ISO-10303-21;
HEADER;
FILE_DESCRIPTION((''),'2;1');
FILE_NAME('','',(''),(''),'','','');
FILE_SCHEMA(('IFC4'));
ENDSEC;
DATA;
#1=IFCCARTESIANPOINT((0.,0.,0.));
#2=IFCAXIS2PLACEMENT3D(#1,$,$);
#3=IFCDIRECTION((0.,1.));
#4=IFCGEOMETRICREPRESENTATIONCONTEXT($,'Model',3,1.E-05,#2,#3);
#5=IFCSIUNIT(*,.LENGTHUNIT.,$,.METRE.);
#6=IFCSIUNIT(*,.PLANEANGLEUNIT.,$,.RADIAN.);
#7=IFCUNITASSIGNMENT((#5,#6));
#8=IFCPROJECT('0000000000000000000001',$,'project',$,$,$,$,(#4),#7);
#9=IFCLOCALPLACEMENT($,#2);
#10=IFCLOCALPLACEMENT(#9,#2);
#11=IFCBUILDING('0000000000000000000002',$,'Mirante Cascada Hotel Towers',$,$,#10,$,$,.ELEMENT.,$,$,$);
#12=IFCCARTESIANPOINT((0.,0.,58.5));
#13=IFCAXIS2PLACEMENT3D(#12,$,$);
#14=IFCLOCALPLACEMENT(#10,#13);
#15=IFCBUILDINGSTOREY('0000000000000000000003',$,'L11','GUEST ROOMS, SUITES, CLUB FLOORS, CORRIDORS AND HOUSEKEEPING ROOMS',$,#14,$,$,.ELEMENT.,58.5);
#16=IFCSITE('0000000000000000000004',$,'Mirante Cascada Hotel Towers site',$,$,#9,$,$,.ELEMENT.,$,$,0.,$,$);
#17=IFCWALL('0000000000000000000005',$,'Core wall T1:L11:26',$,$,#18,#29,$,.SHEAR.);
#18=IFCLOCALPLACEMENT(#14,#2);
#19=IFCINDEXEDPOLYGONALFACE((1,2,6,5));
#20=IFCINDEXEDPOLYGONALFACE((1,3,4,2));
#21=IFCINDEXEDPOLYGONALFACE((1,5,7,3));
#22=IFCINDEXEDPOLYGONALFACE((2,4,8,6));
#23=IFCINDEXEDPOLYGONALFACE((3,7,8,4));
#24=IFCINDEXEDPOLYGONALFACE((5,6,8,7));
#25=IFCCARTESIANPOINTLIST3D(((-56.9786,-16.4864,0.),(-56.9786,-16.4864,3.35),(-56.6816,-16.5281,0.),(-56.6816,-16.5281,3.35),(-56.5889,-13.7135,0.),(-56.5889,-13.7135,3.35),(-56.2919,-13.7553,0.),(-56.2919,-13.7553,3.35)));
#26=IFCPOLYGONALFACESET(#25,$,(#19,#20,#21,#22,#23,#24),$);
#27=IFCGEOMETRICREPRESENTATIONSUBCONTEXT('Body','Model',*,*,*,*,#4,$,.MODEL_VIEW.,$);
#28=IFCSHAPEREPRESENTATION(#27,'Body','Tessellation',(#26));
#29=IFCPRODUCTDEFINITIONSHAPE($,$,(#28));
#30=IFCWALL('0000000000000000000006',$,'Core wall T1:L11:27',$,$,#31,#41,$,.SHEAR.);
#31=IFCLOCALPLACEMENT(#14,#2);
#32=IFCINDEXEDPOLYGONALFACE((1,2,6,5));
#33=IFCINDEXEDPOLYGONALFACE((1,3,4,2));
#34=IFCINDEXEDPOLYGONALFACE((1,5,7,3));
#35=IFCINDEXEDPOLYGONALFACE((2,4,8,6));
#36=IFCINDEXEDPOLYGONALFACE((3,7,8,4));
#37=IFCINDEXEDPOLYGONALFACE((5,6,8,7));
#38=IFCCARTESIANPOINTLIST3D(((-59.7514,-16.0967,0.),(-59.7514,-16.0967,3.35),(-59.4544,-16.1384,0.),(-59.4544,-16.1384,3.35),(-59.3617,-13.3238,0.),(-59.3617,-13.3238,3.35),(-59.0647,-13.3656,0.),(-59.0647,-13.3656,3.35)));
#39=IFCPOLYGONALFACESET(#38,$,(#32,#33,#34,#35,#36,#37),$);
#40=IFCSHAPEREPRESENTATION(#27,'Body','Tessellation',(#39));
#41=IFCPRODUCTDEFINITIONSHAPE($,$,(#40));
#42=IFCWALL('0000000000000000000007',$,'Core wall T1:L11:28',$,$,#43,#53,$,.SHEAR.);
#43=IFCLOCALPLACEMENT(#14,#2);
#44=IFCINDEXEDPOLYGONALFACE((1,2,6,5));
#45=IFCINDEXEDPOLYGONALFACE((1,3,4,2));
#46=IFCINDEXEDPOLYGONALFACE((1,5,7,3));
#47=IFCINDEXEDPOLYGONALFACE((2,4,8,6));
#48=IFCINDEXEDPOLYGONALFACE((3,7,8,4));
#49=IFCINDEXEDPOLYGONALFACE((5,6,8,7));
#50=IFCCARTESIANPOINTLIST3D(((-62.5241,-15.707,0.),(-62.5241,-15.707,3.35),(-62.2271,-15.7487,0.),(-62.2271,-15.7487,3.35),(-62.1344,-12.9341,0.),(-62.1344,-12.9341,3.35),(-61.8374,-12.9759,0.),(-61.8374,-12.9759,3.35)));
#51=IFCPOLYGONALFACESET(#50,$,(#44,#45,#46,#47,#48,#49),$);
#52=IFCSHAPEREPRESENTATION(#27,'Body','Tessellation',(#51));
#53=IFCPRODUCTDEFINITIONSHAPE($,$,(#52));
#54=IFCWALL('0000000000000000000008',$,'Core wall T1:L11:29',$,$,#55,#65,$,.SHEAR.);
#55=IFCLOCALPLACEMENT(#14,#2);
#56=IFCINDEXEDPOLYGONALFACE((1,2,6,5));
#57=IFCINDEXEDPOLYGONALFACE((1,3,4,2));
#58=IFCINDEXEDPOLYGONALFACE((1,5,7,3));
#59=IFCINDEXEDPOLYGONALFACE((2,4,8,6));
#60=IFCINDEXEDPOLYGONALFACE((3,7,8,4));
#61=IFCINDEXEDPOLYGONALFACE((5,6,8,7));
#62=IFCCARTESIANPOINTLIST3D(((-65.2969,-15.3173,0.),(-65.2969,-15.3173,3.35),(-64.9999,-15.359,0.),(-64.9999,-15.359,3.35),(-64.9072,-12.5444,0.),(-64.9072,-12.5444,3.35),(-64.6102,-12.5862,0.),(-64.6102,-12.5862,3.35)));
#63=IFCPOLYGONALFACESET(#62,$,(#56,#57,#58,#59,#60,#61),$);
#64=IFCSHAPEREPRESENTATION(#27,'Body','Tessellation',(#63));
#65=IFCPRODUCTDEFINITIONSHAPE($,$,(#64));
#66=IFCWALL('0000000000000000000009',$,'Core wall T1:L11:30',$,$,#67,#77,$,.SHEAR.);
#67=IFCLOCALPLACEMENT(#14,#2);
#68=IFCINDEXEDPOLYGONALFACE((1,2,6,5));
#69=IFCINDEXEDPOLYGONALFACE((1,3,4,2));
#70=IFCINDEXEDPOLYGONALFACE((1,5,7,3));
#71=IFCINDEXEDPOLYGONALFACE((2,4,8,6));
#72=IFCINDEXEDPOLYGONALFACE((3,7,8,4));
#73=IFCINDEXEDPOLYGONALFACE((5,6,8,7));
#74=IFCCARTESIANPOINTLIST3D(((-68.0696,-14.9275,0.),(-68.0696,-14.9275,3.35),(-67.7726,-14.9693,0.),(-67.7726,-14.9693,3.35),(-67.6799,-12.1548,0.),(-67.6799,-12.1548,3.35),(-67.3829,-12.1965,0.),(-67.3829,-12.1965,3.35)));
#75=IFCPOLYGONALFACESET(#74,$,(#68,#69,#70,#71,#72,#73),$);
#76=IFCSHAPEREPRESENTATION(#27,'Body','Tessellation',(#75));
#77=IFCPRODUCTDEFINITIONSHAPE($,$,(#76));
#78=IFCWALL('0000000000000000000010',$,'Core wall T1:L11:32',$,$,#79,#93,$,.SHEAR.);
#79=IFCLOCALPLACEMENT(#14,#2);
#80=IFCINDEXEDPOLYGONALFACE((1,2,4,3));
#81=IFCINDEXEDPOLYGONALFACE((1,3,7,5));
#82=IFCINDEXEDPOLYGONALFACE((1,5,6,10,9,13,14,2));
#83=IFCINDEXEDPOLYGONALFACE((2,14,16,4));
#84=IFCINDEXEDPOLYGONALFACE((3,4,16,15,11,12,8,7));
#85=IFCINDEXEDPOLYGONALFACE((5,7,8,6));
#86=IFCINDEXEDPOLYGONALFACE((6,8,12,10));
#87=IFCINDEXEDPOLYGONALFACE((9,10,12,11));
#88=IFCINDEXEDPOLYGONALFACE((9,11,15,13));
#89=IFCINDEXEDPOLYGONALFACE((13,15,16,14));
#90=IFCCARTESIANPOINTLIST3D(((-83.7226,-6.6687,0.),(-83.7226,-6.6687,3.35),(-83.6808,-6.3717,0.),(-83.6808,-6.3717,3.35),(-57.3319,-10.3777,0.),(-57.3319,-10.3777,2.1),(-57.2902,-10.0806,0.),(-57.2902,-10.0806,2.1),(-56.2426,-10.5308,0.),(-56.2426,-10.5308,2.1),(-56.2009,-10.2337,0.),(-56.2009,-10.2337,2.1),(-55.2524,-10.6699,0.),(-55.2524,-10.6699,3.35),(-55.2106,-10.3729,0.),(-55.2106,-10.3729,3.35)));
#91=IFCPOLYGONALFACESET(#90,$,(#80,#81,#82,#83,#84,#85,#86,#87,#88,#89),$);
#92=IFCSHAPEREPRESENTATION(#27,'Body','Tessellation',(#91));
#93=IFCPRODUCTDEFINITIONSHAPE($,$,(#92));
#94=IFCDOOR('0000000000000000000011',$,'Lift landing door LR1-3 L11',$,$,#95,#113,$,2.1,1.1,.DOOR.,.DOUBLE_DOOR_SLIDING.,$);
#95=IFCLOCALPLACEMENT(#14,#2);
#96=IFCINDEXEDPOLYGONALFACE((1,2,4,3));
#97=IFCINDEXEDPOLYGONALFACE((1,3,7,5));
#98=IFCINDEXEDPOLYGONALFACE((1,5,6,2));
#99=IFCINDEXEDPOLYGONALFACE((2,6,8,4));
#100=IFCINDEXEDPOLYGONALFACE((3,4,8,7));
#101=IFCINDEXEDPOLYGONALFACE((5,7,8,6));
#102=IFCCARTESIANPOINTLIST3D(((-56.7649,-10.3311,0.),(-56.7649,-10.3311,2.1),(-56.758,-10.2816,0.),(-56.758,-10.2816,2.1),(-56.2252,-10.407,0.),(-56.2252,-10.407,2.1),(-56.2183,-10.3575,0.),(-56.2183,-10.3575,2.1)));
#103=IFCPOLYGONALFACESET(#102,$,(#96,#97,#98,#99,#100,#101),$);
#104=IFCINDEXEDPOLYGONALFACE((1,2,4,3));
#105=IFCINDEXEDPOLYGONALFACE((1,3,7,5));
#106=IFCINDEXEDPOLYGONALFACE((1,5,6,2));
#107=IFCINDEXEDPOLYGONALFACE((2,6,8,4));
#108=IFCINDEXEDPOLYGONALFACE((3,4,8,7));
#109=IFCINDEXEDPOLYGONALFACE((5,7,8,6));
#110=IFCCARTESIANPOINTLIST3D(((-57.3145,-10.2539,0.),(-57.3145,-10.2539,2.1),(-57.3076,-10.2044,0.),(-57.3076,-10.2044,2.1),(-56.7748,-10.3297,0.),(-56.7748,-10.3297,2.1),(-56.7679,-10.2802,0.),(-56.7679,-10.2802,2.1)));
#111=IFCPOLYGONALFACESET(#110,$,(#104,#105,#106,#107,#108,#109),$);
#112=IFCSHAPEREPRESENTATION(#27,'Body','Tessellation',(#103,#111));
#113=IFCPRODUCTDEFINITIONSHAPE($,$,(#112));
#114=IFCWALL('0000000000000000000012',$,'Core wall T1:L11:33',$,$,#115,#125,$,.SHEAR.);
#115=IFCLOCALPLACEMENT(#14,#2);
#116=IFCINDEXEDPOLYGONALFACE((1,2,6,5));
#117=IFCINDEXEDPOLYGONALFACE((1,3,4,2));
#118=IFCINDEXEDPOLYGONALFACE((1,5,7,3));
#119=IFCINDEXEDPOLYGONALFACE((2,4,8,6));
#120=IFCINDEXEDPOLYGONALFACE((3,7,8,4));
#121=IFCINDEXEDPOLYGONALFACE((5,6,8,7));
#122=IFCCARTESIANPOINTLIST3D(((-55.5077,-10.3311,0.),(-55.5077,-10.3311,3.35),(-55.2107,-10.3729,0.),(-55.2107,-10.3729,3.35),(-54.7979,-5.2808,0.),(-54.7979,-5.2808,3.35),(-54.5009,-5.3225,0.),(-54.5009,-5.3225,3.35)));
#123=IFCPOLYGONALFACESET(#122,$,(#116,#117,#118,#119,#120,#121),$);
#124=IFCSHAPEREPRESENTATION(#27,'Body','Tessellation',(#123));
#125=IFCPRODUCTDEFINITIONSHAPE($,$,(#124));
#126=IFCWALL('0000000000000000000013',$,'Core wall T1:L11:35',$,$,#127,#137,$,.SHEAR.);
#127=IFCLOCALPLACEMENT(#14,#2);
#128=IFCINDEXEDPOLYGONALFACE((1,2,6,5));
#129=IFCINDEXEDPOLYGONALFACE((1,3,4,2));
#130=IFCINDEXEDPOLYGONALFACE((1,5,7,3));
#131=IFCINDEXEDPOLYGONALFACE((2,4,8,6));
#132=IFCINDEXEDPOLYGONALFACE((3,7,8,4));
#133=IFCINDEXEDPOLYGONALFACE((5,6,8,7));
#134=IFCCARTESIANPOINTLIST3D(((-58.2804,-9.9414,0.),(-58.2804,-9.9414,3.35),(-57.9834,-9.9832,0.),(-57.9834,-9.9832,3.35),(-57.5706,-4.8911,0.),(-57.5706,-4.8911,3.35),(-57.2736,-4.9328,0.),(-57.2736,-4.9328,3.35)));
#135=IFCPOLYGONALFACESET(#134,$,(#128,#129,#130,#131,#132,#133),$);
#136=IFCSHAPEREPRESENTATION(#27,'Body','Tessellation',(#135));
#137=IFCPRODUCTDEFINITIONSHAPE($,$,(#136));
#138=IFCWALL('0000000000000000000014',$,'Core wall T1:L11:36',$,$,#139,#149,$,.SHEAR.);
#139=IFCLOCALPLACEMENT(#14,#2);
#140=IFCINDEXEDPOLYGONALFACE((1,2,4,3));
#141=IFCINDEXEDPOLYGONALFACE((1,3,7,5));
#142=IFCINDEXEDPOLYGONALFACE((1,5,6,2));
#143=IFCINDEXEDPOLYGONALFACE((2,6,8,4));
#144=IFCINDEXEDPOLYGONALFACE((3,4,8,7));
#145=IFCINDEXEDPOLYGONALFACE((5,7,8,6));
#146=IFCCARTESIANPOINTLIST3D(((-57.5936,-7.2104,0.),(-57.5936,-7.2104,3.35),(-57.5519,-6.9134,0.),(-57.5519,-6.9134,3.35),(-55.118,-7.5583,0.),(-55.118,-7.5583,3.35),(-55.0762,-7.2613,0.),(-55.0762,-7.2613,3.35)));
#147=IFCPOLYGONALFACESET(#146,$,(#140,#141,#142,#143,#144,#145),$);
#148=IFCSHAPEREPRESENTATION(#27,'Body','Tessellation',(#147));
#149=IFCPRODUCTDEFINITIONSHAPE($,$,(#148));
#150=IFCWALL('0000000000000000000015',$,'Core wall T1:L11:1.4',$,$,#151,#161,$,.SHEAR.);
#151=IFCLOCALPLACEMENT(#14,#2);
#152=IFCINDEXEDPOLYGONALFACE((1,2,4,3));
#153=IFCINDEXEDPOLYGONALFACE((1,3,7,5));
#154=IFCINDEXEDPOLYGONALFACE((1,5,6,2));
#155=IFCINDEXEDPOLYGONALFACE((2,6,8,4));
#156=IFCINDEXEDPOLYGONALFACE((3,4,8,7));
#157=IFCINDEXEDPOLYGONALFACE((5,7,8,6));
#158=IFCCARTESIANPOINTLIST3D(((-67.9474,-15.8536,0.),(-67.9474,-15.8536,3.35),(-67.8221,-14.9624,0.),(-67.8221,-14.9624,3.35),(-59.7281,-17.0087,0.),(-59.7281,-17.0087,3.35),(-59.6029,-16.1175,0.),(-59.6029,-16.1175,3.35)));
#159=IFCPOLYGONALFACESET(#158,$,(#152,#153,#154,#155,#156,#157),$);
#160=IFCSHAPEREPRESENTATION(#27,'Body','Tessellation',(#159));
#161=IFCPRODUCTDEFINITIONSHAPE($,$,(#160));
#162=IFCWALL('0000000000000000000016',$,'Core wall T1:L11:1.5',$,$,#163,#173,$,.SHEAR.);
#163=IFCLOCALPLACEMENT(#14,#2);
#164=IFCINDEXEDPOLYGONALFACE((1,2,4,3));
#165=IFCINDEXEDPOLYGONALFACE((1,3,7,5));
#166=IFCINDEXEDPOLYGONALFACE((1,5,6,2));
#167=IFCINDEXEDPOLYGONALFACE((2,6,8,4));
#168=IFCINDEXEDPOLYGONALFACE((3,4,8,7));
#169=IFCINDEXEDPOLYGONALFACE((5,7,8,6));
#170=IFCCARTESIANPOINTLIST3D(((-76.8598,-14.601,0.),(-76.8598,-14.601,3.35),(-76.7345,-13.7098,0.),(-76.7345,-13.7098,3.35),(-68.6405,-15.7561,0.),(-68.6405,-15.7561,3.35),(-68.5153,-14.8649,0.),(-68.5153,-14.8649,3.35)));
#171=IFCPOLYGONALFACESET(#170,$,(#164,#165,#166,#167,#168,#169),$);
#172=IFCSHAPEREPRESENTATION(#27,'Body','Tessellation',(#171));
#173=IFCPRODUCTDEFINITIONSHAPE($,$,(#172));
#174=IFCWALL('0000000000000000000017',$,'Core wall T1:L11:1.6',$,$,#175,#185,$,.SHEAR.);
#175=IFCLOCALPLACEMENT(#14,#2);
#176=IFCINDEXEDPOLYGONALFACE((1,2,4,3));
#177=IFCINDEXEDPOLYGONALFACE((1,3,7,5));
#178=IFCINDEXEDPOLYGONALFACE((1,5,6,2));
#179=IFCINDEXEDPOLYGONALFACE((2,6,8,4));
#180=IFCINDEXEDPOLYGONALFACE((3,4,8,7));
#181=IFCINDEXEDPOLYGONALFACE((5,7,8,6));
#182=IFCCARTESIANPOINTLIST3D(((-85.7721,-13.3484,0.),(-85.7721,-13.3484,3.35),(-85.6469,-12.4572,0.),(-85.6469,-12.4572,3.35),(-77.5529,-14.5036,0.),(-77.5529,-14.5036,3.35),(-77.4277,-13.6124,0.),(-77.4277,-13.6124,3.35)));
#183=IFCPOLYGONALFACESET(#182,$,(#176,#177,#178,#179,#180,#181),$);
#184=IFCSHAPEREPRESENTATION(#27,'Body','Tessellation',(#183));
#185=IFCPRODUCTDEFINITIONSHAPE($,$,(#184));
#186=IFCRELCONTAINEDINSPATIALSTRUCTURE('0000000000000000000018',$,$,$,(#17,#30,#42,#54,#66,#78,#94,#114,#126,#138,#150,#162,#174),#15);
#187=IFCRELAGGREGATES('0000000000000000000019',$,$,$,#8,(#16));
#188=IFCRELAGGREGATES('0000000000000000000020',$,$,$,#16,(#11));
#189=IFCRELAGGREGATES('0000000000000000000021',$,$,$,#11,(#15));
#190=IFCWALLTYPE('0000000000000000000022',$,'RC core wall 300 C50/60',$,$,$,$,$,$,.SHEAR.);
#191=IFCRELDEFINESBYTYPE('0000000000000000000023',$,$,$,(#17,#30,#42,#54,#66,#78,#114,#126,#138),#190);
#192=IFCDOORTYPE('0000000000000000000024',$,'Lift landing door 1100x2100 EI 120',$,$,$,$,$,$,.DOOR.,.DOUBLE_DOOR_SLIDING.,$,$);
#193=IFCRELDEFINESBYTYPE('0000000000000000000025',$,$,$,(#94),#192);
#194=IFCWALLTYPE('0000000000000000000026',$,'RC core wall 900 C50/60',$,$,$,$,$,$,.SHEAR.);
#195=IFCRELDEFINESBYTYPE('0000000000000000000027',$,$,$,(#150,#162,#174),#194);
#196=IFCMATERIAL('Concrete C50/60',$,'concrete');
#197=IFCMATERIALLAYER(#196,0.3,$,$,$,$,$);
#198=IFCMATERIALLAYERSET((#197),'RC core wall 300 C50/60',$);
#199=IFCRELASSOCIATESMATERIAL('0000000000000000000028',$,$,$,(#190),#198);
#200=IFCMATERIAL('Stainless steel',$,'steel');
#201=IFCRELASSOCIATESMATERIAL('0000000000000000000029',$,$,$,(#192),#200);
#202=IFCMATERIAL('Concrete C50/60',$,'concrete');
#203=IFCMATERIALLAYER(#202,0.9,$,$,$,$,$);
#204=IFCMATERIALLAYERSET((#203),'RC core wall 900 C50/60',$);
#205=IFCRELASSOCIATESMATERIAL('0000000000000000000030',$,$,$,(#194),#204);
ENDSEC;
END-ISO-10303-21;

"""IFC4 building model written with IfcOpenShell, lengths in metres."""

from ifc_helpers import new_model, si_unit, direction, frame, frame_2d, origin, place, context, subcontext, project, spatial, rectangle, extrude, material, layer, layer_set, type_object, element, fill, save


model = new_model("IFC4")

# Units and contexts
model_context = context("Model", 3, precision=1e-05, world=origin(), true_north=direction((0.0, 1.0)))
body_context = subcontext(model_context, "Body", "Model", "MODEL_VIEW")
ifc_project = project(units=[si_unit("LENGTHUNIT", "METRE"), si_unit("PLANEANGLEUNIT", "RADIAN")], contexts=[model_context])

# Site, building, storey
site_placement = place(None, origin())
site = spatial("IfcSite", under=ifc_project, at=site_placement, Name="Mirante Cascada Hotel Towers site", CompositionType="ELEMENT", RefElevation=0.0)
building_placement = place(site_placement, origin())
building = spatial("IfcBuilding", under=site, at=building_placement, Name="Mirante Cascada Hotel Towers", CompositionType="ELEMENT")
storey_placement = place(building_placement, frame((0.0, 0.0, 58.5)))
storey = spatial("IfcBuildingStorey", under=building, at=storey_placement, Name="L11", Description="GUEST ROOMS, SUITES, CLUB FLOORS, CORRIDORS AND HOUSEKEEPING ROOMS", CompositionType="ELEMENT", Elevation=58.5)

# Walls
ifc_material_1 = material(Name="Concrete C50/60", Category="concrete")
ifc_layer_1 = layer(ifc_material_1, 0.3)
ifc_layer_set_1 = layer_set([ifc_layer_1], Name="RC core wall 300 C50/60")
wall_type_1 = type_object("IfcWallType", Name="RC core wall 300 C50/60", PredefinedType="SHEAR", material=ifc_layer_set_1)
for number, where, z_axis, x_axis, name in (
    (1, (-56.8301, -16.5072, 0.0), (0.0, 0.0, 1.0), (0.139176, 0.990268, 0.0), "Core wall T1:L11:26"),
    (2, (-59.6029, -16.1175, 0.0), (0.0, 0.0, 1.0), (0.139176, 0.990268, 0.0), "Core wall T1:L11:27"),
    (3, (-62.3756, -15.7278, 0.0), (0.0, 0.0, 1.0), (0.139176, 0.990268, 0.0), "Core wall T1:L11:28"),
    (4, (-65.1484, -15.3381, 0.0), (0.0, 0.0, 1.0), (0.139176, 0.990268, 0.0), "Core wall T1:L11:29"),
):
    element("IfcWall", number, at=place(storey_placement, frame(where, z_axis=z_axis, x_axis=x_axis)), inside=storey, type_object=wall_type_1, Name=name, PredefinedType="SHEAR", context=body_context, shape_type="SweptSolid", body=[
        extrude(rectangle(XDim=2.8001, YDim=0.3, at=frame_2d((1.4, 0.0))), origin(), (0.0, 0.0, 1.0), 3.35),
    ])
wall_1_placement = place(storey_placement, frame((-67.9211, -14.9484, 0.0), z_axis=(0.0, 0.0, 1.0), x_axis=(0.139181, 0.990267, 0.0)))
element("IfcWall", 5, at=wall_1_placement, inside=storey, type_object=wall_type_1, Name="Core wall T1:L11:30", PredefinedType="SHEAR", context=body_context, shape_type="SweptSolid", body=[
    extrude(rectangle(XDim=2.8, YDim=0.3, at=frame_2d((1.4, 0.0))), origin(), (0.0, 0.0, 1.0), 3.35),
])

# Wall, opening, door
wall_2_placement = place(storey_placement, frame((-55.2315, -10.5214, 0.0), z_axis=(0.0, 0.0, 1.0), x_axis=(-0.990268, 0.139172, 0.0)))
wall_2 = element("IfcWall", 6, at=wall_2_placement, inside=storey, type_object=wall_type_1, Name="Core wall T1:L11:32", PredefinedType="SHEAR", context=body_context, shape_type="SweptSolid", body=[
    extrude(rectangle(XDim=28.75, YDim=0.3, at=frame_2d((14.375, 0.0))), origin(), (0.0, 0.0, 1.0), 3.35),
])
opening_placement = place(wall_2_placement, frame((1.0, 0.0, 0.0)))
opening = element("IfcOpeningElement", 7, at=opening_placement, cuts=wall_2, PredefinedType="OPENING", context=body_context, shape_type="SweptSolid", body=[
    extrude(rectangle(XDim=1.1, YDim=2.1, at=frame_2d((0.55, 1.05))), frame((0.0, 0.15, 0.0), z_axis=(0.0, -1.0, 0.0), x_axis=(1.0, 0.0, 0.0)), (0.0, 0.0, 1.0), 0.3),
])
ifc_material_2 = material(Name="Stainless steel", Category="steel")
door_type = type_object("IfcDoorType", Name="Lift landing door 1100x2100 EI 120", OperationType="DOUBLE_DOOR_SLIDING", PredefinedType="DOOR", material=ifc_material_2)
door_placement = place(opening_placement, origin())
door = element("IfcDoor", 8, at=door_placement, inside=storey, type_object=door_type, Name="Lift landing door LR1-3 L11", OperationType="DOUBLE_DOOR_SLIDING", OverallHeight=2.1, OverallWidth=1.1, PredefinedType="DOOR", context=body_context, shape_type="SweptSolid", body=[
    extrude(rectangle(XDim=0.545, YDim=2.1, at=frame_2d((0.2725, 1.05))), frame((0.0, 0.025, 0.0), z_axis=(0.0, -1.0, 0.0), x_axis=(1.0, 0.0, 0.0)), (0.0, 0.0, 1.0), 0.05),
    extrude(rectangle(XDim=0.545, YDim=2.1, at=frame_2d((0.8275, 1.05))), frame((0.0, 0.025, 0.0), z_axis=(0.0, -1.0, 0.0), x_axis=(1.0, 0.0, 0.0)), (0.0, 0.0, 1.0), 0.05),
])
fill(opening, door)

# Walls
for number, where, z_axis, x_axis, name in (
    (9, (-55.3592, -10.352, 0.0), (0.0, 0.0, 1.0), (0.139176, 0.990268, 0.0), "Core wall T1:L11:33"),
    (10, (-58.1319, -9.9623, 0.0), (0.0, 0.0, 1.0), (0.139176, 0.990268, 0.0), "Core wall T1:L11:35"),
):
    element("IfcWall", number, at=place(storey_placement, frame(where, z_axis=z_axis, x_axis=x_axis)), inside=storey, type_object=wall_type_1, Name=name, PredefinedType="SHEAR", context=body_context, shape_type="SweptSolid", body=[
        extrude(rectangle(XDim=5.1, YDim=0.3, at=frame_2d((2.55, 0.0))), origin(), (0.0, 0.0, 1.0), 3.35),
    ])
wall_3_placement = place(storey_placement, frame((-55.0971, -7.4098, 0.0), z_axis=(0.0, 0.0, 1.0), x_axis=(-0.99027, 0.139159, 0.0)))
element("IfcWall", 11, at=wall_3_placement, inside=storey, type_object=wall_type_1, Name="Core wall T1:L11:36", PredefinedType="SHEAR", context=body_context, shape_type="SweptSolid", body=[
    extrude(rectangle(XDim=2.5, YDim=0.3, at=frame_2d((1.25, 0.0))), origin(), (0.0, 0.0, 1.0), 3.35),
])
ifc_material_3 = material(Name="Concrete C50/60", Category="concrete")
ifc_layer_2 = layer(ifc_material_3, 0.9)
ifc_layer_set_2 = layer_set([ifc_layer_2], Name="RC core wall 900 C50/60")
wall_type_2 = type_object("IfcWallType", Name="RC core wall 900 C50/60", PredefinedType="SHEAR", material=ifc_layer_set_2)
for number, where, z_axis, x_axis, name in (
    (12, (-59.6655, -16.5631, 0.0), (0.0, 0.0, 1.0), (-0.990269, 0.139169, 0.0), "Core wall T1:L11:1.4"),
    (13, (-68.5779, -15.3105, 0.0), (0.0, 0.0, 1.0), (-0.990269, 0.139169, 0.0), "Core wall T1:L11:1.5"),
    (14, (-77.4903, -14.058, 0.0), (0.0, 0.0, 1.0), (-0.990267, 0.139181, 0.0), "Core wall T1:L11:1.6"),
):
    element("IfcWall", number, at=place(storey_placement, frame(where, z_axis=z_axis, x_axis=x_axis)), inside=storey, type_object=wall_type_2, Name=name, PredefinedType="SHEAR", context=body_context, shape_type="SweptSolid", body=[
        extrude(rectangle(XDim=8.3, YDim=0.9, at=frame_2d((4.15, 0.0))), origin(), (0.0, 0.0, 1.0), 3.35),
    ])

save(model, "model.ifc")
